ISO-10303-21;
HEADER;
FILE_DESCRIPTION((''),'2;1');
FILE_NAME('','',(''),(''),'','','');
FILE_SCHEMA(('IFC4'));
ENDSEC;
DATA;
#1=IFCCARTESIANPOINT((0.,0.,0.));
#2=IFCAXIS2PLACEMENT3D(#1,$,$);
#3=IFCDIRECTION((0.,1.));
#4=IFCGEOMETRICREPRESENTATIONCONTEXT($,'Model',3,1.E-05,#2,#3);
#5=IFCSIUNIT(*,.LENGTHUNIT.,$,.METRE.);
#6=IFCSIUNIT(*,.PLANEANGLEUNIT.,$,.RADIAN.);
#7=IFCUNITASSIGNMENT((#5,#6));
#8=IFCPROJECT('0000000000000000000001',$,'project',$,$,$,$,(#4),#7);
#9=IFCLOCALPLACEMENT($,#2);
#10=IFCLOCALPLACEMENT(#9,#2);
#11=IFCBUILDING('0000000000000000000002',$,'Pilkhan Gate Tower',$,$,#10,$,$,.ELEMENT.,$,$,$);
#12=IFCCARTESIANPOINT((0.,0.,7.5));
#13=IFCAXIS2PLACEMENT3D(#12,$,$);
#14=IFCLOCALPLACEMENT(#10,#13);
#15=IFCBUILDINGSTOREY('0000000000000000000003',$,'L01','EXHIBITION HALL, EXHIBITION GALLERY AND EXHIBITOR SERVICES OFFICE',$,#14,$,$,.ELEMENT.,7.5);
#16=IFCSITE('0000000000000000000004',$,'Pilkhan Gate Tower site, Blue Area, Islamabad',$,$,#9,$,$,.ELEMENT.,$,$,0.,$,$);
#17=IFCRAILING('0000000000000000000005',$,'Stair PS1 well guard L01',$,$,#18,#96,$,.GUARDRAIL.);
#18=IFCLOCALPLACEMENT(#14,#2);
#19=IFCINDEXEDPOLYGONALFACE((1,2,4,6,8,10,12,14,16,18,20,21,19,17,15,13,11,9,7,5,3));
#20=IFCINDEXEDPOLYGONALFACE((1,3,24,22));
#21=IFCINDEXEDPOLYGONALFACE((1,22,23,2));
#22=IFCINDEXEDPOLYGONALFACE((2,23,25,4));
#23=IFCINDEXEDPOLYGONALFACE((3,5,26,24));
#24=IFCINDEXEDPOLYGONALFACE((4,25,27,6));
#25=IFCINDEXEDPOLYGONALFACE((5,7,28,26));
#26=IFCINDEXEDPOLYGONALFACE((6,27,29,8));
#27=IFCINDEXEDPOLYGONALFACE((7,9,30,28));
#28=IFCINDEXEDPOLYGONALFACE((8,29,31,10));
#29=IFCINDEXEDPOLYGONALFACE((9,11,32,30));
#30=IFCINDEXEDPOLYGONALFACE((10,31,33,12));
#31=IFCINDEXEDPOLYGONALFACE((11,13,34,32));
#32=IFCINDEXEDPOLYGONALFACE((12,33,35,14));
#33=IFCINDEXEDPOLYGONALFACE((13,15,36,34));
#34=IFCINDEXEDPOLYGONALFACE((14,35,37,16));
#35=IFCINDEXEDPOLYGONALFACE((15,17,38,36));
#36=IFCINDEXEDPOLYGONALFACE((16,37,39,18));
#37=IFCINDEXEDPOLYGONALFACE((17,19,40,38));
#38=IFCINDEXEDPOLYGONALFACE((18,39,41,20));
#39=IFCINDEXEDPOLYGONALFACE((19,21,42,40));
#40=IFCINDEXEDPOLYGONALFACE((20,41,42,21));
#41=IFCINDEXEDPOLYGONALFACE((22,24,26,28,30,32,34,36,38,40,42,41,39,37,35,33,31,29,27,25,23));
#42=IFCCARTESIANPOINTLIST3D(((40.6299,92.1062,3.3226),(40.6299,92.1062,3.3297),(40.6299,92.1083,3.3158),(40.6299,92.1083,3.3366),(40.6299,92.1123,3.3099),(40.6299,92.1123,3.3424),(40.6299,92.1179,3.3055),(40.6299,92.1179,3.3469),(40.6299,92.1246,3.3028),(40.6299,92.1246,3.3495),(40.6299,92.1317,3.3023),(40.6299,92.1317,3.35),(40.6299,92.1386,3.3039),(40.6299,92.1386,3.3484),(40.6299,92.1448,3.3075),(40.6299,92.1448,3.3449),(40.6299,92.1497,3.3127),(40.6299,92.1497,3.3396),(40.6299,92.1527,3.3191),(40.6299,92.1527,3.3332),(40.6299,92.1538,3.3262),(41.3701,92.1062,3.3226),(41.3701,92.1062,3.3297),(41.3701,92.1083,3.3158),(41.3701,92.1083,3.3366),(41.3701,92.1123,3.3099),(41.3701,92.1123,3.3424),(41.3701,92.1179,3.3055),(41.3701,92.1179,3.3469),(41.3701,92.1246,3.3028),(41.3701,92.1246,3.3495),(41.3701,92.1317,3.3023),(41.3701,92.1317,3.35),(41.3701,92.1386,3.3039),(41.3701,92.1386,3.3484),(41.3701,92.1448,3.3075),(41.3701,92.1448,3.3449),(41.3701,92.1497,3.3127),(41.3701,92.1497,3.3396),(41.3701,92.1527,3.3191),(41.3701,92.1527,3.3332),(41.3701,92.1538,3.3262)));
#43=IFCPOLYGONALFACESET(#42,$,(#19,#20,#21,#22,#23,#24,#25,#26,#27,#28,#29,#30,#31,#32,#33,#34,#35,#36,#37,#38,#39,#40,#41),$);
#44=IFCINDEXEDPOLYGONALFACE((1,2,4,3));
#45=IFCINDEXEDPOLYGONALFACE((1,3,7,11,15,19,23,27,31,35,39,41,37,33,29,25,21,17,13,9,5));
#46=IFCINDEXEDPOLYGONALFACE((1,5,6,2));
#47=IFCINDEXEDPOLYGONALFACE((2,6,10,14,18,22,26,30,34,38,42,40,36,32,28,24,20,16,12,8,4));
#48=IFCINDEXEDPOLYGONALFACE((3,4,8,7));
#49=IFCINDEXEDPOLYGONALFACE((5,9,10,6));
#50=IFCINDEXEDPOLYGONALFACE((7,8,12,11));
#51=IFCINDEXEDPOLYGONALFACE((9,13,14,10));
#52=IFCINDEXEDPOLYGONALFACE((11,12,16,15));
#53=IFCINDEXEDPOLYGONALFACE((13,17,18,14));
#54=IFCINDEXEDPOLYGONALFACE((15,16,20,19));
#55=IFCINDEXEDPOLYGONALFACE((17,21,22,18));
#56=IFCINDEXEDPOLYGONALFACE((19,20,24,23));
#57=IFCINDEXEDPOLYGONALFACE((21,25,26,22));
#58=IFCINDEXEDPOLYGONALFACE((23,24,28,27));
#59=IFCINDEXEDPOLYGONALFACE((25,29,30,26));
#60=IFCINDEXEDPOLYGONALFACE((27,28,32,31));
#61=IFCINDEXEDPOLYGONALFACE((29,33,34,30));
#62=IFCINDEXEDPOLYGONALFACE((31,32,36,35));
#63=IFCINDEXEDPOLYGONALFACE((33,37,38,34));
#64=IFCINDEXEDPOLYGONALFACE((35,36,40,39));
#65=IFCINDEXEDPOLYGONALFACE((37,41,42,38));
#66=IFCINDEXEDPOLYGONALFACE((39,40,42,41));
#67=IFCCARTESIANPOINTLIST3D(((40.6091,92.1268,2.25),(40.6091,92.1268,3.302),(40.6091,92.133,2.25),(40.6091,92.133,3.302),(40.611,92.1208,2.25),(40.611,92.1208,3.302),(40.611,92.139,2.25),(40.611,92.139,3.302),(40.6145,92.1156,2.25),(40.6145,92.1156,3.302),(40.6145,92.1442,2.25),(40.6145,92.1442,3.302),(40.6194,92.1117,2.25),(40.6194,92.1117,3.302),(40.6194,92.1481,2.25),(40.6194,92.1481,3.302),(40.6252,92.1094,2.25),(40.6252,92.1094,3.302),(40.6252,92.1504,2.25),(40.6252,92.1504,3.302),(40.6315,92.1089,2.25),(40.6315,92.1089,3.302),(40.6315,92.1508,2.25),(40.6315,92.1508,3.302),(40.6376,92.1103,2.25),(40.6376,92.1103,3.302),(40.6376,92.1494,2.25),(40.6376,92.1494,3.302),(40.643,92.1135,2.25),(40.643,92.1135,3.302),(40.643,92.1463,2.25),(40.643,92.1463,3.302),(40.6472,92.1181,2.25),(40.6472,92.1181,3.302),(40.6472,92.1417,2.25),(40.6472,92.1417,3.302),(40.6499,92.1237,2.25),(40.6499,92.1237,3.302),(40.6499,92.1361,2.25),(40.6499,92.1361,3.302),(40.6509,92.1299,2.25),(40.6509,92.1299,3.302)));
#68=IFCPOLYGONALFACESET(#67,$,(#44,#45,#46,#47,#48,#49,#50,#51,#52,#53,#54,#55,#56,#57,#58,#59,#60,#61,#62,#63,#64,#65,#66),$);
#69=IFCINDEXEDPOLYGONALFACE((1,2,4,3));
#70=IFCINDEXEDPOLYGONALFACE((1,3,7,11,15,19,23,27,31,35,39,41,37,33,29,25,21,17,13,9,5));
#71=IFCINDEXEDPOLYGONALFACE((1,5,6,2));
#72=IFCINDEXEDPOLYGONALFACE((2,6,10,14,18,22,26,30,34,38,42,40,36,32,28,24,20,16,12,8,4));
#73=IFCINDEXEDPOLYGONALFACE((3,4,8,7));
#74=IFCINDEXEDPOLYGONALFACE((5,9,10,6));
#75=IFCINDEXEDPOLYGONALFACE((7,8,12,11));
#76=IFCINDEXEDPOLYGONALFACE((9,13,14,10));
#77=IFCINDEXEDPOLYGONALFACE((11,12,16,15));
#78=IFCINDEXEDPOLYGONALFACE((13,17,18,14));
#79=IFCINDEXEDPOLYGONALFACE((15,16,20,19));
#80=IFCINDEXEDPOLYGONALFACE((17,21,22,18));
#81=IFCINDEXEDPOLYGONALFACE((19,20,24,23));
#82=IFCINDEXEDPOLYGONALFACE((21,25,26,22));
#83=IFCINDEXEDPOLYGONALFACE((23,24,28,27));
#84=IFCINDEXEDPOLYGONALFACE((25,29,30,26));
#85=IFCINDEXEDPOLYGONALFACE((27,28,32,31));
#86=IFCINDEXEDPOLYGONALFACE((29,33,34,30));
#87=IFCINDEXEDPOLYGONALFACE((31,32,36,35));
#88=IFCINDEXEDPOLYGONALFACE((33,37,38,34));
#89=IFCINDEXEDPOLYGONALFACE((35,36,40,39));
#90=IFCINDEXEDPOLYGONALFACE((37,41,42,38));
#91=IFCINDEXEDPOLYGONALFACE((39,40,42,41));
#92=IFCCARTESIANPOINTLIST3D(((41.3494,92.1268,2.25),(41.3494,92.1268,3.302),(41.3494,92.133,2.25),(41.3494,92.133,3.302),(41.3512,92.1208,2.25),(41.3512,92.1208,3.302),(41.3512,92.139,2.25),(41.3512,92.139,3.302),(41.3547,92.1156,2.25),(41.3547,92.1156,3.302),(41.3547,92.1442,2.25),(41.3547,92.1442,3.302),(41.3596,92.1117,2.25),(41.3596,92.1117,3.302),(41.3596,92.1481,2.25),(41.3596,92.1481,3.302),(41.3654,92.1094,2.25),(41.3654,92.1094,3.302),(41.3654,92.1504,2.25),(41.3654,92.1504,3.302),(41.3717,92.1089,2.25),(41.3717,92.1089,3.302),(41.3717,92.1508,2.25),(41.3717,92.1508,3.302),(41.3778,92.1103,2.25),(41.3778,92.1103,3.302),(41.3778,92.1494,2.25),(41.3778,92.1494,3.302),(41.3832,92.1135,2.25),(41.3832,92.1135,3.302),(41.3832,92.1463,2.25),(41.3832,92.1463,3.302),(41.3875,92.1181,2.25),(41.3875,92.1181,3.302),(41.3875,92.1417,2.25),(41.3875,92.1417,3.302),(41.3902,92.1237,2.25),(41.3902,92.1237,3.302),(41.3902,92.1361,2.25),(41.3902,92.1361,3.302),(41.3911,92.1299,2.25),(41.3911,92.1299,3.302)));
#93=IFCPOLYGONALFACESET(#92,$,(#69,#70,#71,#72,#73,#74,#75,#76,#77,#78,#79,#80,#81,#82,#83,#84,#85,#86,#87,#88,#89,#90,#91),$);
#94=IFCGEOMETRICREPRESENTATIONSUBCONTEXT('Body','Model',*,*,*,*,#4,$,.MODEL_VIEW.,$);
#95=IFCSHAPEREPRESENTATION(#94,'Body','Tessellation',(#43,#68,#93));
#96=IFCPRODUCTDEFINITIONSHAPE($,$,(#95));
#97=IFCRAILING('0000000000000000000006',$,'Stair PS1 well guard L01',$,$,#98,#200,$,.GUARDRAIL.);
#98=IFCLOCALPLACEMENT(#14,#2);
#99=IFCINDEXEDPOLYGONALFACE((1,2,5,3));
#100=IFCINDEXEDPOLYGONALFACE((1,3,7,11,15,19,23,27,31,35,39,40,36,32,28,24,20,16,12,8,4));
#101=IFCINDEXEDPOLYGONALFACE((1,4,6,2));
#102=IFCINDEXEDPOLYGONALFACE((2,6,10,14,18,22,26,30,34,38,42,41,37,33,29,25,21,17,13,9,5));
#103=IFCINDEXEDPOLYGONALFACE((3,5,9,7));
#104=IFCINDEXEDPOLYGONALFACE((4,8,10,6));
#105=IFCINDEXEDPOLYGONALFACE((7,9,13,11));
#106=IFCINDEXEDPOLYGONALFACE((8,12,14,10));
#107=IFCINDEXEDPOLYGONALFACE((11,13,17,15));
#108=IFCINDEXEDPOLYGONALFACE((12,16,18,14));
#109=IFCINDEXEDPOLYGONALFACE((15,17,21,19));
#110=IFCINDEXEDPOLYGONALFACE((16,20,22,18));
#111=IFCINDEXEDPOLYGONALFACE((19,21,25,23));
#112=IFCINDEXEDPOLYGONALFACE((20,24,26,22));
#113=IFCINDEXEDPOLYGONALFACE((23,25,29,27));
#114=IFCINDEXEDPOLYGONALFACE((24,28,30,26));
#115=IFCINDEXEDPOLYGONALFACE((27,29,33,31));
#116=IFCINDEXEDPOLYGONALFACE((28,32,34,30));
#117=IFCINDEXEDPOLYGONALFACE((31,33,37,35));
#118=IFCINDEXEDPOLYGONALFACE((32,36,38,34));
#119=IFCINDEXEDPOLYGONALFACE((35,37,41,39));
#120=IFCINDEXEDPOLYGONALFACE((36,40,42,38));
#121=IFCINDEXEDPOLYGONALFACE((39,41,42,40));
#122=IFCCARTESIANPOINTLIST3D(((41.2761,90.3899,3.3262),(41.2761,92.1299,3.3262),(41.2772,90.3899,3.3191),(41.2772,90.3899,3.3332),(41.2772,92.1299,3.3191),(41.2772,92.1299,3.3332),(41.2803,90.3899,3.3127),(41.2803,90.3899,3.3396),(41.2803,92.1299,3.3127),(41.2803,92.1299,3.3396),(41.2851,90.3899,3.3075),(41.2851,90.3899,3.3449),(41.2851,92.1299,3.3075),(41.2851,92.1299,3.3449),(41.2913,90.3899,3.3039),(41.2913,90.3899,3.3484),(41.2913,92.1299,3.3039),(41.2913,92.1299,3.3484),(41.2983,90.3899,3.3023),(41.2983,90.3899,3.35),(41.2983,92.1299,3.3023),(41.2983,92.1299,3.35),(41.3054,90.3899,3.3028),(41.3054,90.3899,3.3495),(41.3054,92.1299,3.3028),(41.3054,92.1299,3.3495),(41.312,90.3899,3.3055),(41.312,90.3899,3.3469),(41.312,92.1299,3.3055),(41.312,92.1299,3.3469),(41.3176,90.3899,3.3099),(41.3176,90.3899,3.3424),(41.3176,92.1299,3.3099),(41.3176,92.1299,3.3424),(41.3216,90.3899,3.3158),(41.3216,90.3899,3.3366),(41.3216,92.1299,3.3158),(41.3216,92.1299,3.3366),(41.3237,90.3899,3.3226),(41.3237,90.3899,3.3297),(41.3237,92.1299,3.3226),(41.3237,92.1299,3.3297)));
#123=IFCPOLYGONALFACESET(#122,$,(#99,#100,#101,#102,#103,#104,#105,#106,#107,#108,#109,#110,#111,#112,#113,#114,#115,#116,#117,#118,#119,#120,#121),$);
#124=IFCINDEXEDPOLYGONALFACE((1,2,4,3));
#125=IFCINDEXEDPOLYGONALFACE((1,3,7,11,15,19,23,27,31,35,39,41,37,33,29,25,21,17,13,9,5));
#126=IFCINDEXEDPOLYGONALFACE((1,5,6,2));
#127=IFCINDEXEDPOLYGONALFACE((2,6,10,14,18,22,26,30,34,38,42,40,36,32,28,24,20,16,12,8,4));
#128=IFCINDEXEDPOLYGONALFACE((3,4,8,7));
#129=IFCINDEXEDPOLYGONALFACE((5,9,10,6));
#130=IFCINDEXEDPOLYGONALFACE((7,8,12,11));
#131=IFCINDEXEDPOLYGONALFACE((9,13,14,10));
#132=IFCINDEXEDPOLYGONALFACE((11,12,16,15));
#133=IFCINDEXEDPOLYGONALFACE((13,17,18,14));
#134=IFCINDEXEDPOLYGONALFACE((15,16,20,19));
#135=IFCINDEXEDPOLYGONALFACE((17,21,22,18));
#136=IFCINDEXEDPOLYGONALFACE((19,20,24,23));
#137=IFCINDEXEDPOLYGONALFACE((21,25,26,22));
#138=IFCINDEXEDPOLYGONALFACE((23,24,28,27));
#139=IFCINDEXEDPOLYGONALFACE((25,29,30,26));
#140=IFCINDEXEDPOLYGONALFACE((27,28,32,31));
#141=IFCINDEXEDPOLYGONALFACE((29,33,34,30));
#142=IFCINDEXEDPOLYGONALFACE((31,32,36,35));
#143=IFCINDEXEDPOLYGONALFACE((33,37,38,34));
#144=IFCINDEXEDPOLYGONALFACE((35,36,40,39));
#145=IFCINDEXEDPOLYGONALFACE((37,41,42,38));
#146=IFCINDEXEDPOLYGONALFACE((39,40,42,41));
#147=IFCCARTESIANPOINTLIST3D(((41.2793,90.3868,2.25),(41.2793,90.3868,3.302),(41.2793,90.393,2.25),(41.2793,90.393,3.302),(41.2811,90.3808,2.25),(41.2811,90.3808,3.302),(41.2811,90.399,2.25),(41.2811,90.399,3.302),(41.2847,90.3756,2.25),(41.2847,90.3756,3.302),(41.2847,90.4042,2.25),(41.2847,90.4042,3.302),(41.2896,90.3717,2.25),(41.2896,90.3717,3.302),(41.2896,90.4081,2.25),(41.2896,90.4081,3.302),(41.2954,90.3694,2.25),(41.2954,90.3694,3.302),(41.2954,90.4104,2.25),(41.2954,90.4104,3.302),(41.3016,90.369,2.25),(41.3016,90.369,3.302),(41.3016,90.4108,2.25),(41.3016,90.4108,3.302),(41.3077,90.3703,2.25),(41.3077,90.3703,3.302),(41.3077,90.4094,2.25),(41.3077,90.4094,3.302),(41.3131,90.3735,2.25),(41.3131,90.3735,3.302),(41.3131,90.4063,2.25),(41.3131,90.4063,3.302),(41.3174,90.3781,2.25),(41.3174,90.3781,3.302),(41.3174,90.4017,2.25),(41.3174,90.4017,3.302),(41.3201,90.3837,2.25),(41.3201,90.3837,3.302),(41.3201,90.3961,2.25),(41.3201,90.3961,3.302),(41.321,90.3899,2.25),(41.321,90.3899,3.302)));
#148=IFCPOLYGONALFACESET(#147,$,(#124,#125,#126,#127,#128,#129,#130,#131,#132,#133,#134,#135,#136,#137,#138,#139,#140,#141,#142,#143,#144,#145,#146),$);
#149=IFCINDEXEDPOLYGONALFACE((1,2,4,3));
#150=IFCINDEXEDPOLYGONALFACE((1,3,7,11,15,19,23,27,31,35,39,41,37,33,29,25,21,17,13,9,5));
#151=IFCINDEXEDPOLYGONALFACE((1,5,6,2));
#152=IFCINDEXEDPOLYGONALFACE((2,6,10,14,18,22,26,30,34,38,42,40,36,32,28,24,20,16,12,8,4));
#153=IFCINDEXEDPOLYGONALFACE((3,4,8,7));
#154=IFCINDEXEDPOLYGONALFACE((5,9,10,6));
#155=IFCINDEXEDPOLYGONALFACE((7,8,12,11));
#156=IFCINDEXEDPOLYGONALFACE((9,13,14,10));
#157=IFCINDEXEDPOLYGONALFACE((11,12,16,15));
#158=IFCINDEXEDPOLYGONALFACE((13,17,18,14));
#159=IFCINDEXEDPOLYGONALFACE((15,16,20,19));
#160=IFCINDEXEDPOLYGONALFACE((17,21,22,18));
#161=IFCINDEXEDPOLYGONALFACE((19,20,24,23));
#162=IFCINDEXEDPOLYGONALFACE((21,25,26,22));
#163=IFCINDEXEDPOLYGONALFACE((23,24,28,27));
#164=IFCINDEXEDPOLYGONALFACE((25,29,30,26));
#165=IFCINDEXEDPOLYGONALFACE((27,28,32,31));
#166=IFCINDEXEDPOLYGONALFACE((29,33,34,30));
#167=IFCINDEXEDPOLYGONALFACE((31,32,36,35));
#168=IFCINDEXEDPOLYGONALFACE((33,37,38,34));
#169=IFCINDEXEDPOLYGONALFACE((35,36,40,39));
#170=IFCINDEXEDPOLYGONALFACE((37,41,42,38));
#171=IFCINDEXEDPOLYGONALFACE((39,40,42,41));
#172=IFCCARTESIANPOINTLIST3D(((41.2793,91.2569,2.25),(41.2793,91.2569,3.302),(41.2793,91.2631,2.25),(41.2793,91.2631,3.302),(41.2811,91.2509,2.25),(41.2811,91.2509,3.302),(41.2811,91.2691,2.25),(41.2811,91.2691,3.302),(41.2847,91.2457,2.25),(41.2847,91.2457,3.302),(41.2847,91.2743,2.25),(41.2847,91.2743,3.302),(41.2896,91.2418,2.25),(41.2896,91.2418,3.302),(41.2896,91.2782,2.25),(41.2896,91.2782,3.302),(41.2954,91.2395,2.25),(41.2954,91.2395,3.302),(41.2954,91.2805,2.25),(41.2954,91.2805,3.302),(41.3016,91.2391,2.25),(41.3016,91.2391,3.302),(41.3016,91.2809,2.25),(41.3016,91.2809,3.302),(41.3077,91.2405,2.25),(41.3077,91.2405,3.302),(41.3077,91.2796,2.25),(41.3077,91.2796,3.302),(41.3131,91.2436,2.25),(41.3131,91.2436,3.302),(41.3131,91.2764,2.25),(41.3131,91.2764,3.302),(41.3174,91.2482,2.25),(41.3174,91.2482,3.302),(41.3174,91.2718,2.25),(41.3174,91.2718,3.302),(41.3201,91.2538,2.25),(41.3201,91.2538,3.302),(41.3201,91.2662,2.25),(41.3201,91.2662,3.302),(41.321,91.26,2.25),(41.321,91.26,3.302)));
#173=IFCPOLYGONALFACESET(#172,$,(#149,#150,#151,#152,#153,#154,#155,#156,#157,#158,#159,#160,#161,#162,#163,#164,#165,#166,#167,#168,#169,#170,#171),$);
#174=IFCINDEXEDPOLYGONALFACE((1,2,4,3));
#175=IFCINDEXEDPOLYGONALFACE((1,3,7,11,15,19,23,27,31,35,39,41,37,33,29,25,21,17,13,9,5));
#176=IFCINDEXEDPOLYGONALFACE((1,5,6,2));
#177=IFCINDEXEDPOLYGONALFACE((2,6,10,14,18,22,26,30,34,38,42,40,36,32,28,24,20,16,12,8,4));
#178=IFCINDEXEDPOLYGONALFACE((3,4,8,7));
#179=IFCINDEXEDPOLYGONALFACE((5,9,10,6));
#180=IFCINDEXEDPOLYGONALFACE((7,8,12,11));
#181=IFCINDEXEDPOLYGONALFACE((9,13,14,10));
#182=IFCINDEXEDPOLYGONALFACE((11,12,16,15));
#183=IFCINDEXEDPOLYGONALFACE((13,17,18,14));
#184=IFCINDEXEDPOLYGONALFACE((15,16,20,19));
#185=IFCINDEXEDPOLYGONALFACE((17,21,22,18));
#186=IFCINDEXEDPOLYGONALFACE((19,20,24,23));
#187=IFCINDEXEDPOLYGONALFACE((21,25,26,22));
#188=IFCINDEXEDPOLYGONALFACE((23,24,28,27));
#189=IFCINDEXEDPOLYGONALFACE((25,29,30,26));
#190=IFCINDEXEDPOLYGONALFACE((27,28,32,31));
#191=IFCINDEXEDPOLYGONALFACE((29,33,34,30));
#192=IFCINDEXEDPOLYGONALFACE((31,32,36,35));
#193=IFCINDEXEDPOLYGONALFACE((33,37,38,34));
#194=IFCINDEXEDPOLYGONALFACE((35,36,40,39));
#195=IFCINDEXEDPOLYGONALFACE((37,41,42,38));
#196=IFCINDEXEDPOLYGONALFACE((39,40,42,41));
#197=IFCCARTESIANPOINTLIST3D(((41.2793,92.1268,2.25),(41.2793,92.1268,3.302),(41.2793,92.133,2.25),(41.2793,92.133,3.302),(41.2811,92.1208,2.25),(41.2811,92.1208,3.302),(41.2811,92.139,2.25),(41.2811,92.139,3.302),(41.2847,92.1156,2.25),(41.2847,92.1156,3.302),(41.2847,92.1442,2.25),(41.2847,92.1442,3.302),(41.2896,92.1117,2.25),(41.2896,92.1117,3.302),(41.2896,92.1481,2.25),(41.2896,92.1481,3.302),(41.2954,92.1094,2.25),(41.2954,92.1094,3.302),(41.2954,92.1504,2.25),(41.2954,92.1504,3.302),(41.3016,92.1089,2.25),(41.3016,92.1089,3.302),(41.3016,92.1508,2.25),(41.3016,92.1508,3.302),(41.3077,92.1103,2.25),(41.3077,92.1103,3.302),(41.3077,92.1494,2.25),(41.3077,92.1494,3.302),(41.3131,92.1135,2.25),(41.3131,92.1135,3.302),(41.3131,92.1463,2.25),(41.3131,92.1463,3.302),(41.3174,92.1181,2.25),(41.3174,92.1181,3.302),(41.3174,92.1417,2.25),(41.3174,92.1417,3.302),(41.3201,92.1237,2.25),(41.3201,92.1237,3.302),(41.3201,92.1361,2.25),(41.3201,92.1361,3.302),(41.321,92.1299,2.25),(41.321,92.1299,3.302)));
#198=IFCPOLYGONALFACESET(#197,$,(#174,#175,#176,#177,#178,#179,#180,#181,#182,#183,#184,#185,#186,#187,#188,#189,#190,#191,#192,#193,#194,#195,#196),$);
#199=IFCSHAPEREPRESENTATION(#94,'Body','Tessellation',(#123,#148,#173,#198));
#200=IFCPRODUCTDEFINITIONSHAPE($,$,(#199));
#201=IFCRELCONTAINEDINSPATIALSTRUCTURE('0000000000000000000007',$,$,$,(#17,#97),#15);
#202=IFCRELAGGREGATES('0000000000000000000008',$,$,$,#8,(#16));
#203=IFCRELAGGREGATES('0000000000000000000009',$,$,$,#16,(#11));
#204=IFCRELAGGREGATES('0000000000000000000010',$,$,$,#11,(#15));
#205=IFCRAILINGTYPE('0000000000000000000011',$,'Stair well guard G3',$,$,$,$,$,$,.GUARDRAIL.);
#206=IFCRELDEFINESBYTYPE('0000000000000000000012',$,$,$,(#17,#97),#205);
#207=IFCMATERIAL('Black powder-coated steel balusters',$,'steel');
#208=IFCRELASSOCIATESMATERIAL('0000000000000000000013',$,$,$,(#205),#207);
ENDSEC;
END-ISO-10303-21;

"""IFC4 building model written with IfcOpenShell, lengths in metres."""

from ifc_helpers import new_model, si_unit, direction, frame, origin, origin_2d, place, context, subcontext, project, spatial, circle, extrude, material, type_object, element, save


model = new_model("IFC4")

# Units and contexts
model_context = context("Model", 3, precision=1e-05, world=origin(), true_north=direction((0.0, 1.0)))
body_context = subcontext(model_context, "Body", "Model", "MODEL_VIEW")
ifc_project = project(units=[si_unit("LENGTHUNIT", "METRE"), si_unit("PLANEANGLEUNIT", "RADIAN")], contexts=[model_context])

# Site, building, storey
site_placement = place(None, origin())
site = spatial("IfcSite", under=ifc_project, at=site_placement, Name="Pilkhan Gate Tower site, Blue Area, Islamabad", CompositionType="ELEMENT", RefElevation=0.0)
building_placement = place(site_placement, origin())
building = spatial("IfcBuilding", under=site, at=building_placement, Name="Pilkhan Gate Tower", CompositionType="ELEMENT")
storey_placement = place(building_placement, frame((0.0, 0.0, 7.5)))
storey = spatial("IfcBuildingStorey", under=building, at=storey_placement, Name="L01", Description="EXHIBITION HALL, EXHIBITION GALLERY AND EXHIBITOR SERVICES OFFICE", CompositionType="ELEMENT", Elevation=7.5)

# Railings
ifc_material_1 = material(Name="Black powder-coated steel balusters", Category="steel")
railing_type_1 = type_object("IfcRailingType", Name="Stair well guard G3", PredefinedType="GUARDRAIL", material=ifc_material_1)
railing_1_placement = place(storey_placement, frame((40.6299, 92.1299, 2.25)))
element("IfcRailing", 1, at=railing_1_placement, inside=storey, type_object=railing_type_1, Name="Stair PS1 well guard L01", PredefinedType="GUARDRAIL", context=body_context, shape_type="SweptSolid", body=[
    extrude(circle(Radius=0.0239, at=origin_2d()), frame((0.0, 0.0, 1.0762), z_axis=(1.0, 0.0, 0.0), x_axis=(0.0, 1.0, 0.0)), (0.0, 0.0, 1.0), 0.7402),
    extrude(circle(Radius=0.021, at=origin_2d()), origin(), (0.0, 0.0, 1.0), 1.052),
    extrude(circle(Radius=0.021, at=origin_2d()), frame((0.7402, 0.0, 0.0)), (0.0, 0.0, 1.0), 1.052),
])
railing_2_placement = place(storey_placement, frame((41.3, 90.3899, 2.25)))
element("IfcRailing", 2, at=railing_2_placement, inside=storey, type_object=railing_type_1, Name="Stair PS1 well guard L01", PredefinedType="GUARDRAIL", context=body_context, shape_type="SweptSolid", body=[
    extrude(circle(Radius=0.0239, at=origin_2d()), frame((0.0, 0.0, 1.0762), z_axis=(0.0, 1.0, 0.0), x_axis=(-1.0, 0.0, 0.0)), (0.0, 0.0, 1.0), 1.74),
    extrude(circle(Radius=0.021, at=origin_2d()), origin(), (0.0, 0.0, 1.0), 1.052),
    extrude(circle(Radius=0.021, at=origin_2d()), frame((0.0, 0.8701, 0.0)), (0.0, 0.0, 1.0), 1.052),
    extrude(circle(Radius=0.021, at=origin_2d()), frame((0.0, 1.74, 0.0)), (0.0, 0.0, 1.0), 1.052),
])

save(model, "model.ifc")
